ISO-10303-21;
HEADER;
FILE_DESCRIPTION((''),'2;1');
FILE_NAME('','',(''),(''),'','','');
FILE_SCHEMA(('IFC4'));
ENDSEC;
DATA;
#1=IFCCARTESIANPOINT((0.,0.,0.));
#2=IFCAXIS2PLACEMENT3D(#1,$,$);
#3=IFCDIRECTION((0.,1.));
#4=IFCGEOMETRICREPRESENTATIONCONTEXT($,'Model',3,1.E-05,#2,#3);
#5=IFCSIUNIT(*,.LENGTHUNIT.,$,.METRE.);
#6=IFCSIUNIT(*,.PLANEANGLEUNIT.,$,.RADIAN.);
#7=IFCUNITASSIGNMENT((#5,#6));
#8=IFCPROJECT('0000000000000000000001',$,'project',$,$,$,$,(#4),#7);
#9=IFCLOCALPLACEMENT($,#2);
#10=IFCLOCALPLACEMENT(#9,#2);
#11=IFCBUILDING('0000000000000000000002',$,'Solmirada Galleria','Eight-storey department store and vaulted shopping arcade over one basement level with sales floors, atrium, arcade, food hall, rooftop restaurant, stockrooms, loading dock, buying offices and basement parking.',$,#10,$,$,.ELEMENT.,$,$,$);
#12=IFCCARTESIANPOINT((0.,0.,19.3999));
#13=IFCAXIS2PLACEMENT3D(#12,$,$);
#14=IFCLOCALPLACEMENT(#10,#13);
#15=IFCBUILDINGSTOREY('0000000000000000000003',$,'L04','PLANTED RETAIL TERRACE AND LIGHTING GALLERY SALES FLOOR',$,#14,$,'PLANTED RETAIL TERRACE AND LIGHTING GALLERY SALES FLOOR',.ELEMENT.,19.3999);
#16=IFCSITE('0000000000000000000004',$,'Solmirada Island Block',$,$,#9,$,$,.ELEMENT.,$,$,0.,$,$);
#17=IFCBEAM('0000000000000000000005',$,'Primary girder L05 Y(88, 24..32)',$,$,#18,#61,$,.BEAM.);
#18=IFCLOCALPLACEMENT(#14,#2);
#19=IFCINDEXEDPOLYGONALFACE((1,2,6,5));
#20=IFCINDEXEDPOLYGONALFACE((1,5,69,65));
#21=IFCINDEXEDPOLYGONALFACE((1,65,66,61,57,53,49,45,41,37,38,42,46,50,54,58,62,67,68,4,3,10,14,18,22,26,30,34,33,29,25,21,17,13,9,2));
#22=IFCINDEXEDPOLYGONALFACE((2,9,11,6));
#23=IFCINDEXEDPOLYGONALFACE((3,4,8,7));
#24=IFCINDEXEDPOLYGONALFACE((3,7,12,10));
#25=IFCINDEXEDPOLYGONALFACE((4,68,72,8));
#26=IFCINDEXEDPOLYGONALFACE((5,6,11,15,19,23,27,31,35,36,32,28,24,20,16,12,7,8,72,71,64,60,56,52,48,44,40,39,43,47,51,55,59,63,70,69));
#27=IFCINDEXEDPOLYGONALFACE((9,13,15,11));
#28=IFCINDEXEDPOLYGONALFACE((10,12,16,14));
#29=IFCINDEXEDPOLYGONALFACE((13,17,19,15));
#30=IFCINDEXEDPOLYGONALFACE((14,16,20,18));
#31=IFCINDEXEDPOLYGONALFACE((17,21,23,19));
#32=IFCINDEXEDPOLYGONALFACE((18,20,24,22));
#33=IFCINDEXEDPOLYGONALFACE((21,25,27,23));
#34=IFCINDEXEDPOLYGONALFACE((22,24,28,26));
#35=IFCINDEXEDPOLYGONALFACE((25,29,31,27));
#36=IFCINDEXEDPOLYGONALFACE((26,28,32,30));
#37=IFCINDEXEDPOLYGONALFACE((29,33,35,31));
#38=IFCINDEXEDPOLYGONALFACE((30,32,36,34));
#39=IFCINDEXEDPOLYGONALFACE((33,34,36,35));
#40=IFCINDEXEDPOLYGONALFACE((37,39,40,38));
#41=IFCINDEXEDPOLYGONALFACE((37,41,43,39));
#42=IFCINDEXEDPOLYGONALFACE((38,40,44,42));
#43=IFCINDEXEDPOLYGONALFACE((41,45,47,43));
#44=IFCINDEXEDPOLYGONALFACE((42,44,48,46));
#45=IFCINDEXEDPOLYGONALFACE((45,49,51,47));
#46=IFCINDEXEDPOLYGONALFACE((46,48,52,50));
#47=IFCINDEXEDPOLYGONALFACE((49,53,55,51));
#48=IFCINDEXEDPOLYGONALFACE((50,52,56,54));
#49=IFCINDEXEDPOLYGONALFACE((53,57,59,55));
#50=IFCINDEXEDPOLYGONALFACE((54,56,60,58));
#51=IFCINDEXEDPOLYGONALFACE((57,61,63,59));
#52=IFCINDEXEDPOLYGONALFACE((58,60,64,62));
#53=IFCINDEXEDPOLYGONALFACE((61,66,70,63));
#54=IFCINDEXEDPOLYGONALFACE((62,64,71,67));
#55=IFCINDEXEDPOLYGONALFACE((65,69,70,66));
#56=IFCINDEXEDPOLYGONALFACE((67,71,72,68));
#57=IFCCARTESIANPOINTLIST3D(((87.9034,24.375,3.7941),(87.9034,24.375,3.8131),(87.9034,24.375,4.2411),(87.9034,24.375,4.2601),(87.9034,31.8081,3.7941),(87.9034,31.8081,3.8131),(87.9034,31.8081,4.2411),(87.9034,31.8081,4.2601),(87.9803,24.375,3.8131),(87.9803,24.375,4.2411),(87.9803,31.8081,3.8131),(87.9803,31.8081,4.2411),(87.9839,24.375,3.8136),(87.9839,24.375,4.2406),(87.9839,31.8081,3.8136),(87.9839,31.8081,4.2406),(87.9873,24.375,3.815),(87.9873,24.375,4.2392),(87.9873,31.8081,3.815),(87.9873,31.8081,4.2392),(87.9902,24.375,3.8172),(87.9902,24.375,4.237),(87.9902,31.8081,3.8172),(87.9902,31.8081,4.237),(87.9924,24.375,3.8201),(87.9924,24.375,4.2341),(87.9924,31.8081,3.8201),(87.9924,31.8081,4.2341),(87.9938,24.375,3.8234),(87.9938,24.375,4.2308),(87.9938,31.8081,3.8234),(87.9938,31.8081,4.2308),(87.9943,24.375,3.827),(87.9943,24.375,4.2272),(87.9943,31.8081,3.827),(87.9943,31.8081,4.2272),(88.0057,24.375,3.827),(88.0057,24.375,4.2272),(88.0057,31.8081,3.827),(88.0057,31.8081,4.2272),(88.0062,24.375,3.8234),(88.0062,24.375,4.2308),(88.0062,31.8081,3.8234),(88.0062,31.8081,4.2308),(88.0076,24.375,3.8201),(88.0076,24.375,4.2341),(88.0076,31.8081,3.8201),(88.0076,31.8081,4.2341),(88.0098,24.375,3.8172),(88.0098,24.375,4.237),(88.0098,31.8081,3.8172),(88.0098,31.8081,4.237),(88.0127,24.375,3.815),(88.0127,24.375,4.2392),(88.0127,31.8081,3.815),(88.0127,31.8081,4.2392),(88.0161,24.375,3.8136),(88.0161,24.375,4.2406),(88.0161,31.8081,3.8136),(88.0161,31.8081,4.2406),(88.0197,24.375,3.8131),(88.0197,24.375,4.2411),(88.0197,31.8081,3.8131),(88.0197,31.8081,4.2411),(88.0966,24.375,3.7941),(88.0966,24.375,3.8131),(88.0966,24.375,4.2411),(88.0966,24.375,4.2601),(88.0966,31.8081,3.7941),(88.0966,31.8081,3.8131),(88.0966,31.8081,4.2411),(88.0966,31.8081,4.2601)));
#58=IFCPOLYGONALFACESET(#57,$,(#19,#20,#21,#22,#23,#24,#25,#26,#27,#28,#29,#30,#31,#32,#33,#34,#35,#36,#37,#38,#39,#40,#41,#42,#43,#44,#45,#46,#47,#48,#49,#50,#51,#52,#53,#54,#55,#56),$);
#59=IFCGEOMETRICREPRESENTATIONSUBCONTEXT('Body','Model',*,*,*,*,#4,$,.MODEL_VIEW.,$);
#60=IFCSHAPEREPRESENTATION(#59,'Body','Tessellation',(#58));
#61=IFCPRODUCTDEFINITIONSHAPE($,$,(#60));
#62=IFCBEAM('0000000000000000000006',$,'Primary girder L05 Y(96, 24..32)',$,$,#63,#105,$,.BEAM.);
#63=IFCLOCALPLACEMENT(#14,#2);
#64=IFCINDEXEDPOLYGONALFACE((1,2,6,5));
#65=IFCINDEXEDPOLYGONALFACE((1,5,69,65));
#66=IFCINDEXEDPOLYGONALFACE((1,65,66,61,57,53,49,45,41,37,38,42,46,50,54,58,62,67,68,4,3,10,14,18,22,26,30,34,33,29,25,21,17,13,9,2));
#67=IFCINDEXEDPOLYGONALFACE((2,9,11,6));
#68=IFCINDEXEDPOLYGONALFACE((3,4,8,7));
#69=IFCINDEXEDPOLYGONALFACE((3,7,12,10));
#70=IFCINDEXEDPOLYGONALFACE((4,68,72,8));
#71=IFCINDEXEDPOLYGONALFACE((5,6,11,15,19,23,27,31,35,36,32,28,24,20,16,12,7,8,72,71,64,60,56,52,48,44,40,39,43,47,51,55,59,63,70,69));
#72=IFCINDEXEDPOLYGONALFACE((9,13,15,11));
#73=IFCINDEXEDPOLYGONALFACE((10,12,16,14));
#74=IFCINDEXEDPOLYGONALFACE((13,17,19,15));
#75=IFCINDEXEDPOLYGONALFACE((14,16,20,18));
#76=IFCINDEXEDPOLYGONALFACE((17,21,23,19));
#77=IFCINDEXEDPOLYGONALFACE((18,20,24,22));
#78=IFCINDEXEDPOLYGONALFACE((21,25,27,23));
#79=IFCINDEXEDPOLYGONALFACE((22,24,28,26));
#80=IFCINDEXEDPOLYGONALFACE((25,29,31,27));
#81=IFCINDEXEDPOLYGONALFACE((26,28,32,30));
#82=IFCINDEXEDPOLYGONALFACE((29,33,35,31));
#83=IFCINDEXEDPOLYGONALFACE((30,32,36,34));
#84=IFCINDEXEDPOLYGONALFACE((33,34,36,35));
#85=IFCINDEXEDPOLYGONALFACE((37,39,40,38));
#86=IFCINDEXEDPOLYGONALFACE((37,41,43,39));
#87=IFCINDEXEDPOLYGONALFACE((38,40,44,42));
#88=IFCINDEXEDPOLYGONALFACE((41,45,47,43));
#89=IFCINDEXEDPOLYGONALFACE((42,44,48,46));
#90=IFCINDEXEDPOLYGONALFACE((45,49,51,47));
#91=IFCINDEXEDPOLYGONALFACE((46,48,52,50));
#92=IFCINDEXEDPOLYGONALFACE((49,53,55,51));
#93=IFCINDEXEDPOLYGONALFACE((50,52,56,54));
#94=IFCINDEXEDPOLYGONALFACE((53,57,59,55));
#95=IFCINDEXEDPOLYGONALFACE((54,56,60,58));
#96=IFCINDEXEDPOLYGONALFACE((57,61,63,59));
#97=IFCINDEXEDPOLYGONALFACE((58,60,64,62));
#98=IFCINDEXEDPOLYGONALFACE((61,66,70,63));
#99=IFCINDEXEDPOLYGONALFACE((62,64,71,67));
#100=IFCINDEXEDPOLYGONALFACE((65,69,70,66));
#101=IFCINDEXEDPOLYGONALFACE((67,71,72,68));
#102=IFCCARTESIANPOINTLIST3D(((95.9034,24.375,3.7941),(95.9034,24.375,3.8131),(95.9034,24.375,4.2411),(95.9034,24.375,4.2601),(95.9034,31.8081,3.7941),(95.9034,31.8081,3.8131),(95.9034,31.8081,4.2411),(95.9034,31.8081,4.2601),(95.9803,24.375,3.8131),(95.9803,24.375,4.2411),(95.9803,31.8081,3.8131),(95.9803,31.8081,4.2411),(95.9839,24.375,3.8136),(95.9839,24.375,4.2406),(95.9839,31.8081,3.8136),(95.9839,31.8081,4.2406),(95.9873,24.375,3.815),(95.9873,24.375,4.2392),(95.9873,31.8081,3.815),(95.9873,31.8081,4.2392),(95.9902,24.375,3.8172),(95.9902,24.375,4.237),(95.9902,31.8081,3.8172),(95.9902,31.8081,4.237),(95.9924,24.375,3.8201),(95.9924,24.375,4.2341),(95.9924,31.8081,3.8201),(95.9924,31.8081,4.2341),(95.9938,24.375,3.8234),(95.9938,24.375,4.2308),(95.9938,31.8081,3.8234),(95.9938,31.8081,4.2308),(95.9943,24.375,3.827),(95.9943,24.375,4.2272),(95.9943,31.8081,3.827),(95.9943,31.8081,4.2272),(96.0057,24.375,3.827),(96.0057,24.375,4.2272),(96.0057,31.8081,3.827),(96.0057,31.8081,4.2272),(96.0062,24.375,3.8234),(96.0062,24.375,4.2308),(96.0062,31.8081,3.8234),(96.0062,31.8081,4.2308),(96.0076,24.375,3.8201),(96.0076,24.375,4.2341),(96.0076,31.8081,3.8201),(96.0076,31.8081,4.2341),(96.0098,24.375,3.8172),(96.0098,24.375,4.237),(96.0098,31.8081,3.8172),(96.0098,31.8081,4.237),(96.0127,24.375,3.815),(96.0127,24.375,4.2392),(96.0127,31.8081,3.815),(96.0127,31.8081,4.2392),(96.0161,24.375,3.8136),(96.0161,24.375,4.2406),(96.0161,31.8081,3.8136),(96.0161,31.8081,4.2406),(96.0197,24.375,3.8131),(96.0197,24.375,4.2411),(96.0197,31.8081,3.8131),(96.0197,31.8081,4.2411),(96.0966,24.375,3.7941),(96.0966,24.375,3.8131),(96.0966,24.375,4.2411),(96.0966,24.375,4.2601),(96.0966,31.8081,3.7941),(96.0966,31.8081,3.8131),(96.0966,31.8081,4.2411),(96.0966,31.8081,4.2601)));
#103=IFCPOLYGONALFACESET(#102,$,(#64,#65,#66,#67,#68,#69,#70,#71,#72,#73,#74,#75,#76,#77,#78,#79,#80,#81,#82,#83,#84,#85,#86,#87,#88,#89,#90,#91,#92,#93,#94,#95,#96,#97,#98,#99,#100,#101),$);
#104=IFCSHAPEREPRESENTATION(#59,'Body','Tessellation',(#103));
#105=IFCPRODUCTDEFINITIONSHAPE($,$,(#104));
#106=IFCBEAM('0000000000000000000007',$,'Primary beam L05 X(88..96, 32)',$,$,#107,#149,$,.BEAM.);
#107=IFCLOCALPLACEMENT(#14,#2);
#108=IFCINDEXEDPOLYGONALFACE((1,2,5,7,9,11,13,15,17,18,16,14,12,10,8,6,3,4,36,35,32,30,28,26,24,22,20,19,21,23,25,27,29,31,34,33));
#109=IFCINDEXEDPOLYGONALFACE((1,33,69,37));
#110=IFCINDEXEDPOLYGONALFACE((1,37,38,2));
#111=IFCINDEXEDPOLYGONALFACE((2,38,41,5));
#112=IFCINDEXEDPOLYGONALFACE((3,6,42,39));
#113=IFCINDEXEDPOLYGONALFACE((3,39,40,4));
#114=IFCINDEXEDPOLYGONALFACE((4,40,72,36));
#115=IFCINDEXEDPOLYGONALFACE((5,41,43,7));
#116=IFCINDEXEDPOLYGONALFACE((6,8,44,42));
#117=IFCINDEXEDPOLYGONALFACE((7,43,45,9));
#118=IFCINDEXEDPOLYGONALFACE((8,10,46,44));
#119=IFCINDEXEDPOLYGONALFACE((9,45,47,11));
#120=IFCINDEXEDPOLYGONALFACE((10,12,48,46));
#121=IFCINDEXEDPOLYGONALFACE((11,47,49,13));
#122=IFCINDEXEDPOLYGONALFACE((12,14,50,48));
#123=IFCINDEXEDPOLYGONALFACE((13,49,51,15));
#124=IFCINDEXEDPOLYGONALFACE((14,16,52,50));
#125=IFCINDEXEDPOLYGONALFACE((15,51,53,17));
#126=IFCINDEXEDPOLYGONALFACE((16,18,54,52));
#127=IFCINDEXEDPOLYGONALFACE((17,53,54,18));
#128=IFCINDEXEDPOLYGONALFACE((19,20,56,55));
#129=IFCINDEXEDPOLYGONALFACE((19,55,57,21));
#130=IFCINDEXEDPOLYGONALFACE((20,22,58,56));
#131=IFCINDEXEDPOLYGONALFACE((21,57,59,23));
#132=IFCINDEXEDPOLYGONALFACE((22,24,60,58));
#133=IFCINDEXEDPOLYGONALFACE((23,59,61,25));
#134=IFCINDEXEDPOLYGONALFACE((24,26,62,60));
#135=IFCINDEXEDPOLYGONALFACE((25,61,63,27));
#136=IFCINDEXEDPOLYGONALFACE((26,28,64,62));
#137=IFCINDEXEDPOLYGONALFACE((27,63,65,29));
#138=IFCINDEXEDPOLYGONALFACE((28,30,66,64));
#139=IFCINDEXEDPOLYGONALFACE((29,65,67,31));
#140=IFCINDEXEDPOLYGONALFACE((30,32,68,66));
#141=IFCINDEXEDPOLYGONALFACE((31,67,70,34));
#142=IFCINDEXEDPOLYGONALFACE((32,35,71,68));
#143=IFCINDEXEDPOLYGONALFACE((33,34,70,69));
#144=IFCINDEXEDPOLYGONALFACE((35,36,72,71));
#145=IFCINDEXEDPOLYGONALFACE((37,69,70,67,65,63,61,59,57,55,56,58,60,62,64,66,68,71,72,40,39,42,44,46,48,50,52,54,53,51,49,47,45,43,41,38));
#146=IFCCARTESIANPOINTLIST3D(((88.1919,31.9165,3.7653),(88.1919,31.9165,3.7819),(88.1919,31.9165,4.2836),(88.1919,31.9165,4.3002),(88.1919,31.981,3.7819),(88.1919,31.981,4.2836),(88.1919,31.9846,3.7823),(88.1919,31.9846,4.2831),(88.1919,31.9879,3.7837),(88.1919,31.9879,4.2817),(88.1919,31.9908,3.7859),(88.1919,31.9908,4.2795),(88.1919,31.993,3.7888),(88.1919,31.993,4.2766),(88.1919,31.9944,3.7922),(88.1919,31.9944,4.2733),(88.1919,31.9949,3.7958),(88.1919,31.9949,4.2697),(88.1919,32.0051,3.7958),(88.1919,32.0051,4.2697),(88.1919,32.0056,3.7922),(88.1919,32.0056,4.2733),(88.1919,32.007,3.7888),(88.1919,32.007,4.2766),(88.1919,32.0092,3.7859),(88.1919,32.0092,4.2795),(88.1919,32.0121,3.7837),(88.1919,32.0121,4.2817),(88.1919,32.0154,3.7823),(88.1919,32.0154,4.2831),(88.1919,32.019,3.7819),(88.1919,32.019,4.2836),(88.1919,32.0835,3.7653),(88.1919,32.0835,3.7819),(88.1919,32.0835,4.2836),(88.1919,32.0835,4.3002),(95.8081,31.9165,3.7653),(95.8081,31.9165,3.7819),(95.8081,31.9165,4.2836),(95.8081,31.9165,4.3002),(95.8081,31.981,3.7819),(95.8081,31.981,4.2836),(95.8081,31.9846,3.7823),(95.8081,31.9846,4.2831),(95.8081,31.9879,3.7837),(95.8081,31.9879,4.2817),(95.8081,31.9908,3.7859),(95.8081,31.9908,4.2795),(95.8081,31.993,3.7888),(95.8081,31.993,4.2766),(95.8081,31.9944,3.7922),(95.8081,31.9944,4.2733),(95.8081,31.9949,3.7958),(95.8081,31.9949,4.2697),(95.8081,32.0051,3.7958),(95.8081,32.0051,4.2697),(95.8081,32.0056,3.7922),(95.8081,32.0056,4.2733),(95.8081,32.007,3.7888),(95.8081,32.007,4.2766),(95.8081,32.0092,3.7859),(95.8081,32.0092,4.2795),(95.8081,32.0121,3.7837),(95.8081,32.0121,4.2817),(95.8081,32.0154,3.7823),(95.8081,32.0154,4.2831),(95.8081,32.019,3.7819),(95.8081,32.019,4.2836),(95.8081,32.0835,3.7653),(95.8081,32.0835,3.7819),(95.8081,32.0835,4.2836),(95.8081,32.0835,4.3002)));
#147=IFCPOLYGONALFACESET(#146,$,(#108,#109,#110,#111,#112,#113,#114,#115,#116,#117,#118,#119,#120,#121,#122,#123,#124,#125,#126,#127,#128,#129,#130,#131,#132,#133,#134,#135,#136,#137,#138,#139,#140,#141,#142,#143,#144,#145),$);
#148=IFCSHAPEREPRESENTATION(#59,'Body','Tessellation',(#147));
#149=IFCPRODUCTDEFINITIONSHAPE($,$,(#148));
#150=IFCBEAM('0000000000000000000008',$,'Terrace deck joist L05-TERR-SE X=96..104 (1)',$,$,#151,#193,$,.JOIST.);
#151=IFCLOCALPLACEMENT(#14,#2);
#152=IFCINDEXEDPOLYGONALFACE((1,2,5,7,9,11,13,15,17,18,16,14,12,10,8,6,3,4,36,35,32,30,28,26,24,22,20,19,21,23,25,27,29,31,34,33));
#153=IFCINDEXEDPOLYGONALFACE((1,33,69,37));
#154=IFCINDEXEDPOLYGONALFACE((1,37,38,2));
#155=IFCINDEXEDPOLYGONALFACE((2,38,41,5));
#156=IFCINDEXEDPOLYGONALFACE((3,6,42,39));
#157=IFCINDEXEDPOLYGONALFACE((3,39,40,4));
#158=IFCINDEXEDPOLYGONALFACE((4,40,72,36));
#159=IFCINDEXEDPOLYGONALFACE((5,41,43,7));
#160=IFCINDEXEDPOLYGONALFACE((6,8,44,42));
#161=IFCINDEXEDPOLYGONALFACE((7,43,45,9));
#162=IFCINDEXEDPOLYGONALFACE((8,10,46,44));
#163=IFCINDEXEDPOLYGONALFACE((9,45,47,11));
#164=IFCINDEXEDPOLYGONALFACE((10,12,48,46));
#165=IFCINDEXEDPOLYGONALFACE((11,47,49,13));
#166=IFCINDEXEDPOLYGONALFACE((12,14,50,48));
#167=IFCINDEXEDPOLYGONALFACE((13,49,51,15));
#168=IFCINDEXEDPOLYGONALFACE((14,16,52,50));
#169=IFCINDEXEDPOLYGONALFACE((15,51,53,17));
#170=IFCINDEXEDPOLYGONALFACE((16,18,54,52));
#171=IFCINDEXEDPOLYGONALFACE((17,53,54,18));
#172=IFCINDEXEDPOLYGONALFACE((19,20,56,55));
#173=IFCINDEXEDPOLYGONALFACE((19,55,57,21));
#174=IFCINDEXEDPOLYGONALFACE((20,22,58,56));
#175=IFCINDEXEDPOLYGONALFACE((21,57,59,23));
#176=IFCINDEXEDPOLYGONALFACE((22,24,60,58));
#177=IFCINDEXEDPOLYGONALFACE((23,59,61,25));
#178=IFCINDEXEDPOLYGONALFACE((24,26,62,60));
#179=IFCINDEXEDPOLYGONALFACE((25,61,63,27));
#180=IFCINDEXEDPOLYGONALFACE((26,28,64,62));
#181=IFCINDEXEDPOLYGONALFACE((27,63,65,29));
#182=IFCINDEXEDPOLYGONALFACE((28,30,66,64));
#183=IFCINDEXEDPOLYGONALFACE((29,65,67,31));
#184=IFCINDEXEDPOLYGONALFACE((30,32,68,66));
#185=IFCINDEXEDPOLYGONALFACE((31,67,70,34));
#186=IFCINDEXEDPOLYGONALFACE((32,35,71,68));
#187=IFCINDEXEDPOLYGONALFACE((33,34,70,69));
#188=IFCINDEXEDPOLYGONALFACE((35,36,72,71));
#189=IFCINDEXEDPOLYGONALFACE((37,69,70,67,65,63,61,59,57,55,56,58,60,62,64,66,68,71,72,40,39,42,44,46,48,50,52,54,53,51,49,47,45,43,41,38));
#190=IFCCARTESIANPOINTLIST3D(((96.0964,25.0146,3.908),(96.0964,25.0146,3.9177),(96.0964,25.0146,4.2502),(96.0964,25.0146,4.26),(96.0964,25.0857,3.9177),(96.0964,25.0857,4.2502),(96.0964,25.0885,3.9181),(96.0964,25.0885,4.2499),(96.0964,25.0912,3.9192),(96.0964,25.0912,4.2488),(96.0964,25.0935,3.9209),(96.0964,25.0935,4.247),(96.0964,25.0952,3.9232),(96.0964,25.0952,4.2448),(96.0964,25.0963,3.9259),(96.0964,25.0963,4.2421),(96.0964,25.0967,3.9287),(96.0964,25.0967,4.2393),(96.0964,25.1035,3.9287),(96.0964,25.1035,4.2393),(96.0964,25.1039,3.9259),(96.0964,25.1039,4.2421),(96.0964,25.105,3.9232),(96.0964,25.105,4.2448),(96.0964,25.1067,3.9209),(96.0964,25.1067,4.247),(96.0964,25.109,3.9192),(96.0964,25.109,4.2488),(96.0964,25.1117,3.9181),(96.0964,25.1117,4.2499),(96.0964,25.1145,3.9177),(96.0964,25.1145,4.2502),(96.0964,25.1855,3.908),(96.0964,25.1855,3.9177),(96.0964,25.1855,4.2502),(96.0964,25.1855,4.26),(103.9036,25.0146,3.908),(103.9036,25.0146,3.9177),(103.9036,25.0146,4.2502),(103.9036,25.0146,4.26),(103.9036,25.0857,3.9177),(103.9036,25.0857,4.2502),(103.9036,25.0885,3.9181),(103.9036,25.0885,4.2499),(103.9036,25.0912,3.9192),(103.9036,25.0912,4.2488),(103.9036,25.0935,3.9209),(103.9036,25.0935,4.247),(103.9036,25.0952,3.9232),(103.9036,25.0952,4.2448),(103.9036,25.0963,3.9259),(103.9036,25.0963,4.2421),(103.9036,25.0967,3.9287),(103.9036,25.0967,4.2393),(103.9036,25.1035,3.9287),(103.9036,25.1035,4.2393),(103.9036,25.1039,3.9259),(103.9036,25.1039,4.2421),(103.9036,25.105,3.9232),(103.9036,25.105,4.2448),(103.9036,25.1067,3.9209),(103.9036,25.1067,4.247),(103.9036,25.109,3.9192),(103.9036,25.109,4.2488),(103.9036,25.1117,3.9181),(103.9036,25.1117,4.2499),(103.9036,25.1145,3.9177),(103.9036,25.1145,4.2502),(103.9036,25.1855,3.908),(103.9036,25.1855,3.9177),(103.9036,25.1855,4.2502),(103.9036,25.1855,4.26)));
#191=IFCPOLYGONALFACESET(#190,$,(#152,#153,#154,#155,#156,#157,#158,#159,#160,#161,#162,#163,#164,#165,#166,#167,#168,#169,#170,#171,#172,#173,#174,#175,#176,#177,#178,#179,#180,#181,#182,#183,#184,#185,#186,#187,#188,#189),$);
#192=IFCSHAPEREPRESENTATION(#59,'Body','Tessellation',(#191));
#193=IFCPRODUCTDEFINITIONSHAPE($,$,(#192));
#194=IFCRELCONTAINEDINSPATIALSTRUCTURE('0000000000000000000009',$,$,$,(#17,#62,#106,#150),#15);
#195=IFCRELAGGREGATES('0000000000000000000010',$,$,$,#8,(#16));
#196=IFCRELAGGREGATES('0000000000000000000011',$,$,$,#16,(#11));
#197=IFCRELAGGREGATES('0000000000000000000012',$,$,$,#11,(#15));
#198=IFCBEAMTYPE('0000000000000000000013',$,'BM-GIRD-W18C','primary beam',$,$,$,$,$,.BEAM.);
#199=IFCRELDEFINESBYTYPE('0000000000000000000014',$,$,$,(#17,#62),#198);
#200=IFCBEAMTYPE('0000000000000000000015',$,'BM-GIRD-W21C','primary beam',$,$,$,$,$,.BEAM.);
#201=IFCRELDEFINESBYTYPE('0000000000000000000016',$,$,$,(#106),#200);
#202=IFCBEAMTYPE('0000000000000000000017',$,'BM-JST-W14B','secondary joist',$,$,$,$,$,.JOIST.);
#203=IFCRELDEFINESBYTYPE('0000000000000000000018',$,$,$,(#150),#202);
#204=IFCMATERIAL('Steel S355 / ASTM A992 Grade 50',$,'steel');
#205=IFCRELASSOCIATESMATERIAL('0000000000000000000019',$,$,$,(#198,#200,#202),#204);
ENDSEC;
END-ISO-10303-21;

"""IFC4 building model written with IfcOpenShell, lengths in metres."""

from ifc_helpers import new_model, si_unit, direction, frame, origin, origin_2d, place, context, subcontext, project, spatial, i_section, extrude, material, material_profile, profile_set, type_object, element, save


model = new_model("IFC4")

# Units and contexts
model_context = context("Model", 3, precision=1e-05, world=origin(), true_north=direction((0.0, 1.0)))
body_context = subcontext(model_context, "Body", "Model", "MODEL_VIEW")
ifc_project = project(units=[si_unit("LENGTHUNIT", "METRE"), si_unit("PLANEANGLEUNIT", "RADIAN")], contexts=[model_context])

# Site, building, storey
site_placement = place(None, origin())
site = spatial("IfcSite", under=ifc_project, at=site_placement, Name="Solmirada Island Block", CompositionType="ELEMENT", RefElevation=0.0)
building_placement = place(site_placement, origin())
building = spatial("IfcBuilding", under=site, at=building_placement, Name="Solmirada Galleria", Description="Eight-storey department store and vaulted shopping arcade over one basement level with sales floors, atrium, arcade, food hall, rooftop restaurant, stockrooms, loading dock, buying offices and basement parking.", CompositionType="ELEMENT")
storey_placement = place(building_placement, frame((0.0, 0.0, 19.3999)))
storey = spatial("IfcBuildingStorey", under=building, at=storey_placement, Name="L04", Description="PLANTED RETAIL TERRACE AND LIGHTING GALLERY SALES FLOOR", LongName="PLANTED RETAIL TERRACE AND LIGHTING GALLERY SALES FLOOR", CompositionType="ELEMENT", Elevation=19.3999)

# Beams
ifc_material_1 = material(Name="Steel S355 / ASTM A992 Grade 50", Category="steel")
ifc_material_profile_1 = material_profile(ifc_material_1, i_section(OverallWidth=0.1931, OverallDepth=0.4661, WebThickness=0.0115, FlangeThickness=0.019, FilletRadius=0.0139, at=origin_2d()), Name="W18X65")
ifc_profile_set_1 = profile_set([ifc_material_profile_1], Name="Steel S355 / ASTM A992 Grade 50")
beam_type_1 = type_object("IfcBeamType", Name="BM-GIRD-W18C", Description="primary beam", PredefinedType="BEAM", material=ifc_profile_set_1)
for number, where, z_axis, x_axis, name in (
    (1, (88.0, 24.375, 4.0271), (0.0, 1.0, 0.0), (-1.0, 0.0, 0.0), "Primary girder L05 Y(88, 24..32)"),
    (2, (96.0, 24.375, 4.0271), (0.0, 1.0, 0.0), (-1.0, 0.0, 0.0), "Primary girder L05 Y(96, 24..32)"),
):
    element("IfcBeam", number, at=place(storey_placement, frame(where, z_axis=z_axis, x_axis=x_axis)), inside=storey, type_object=beam_type_1, Name=name, PredefinedType="BEAM", context=body_context, shape_type="SweptSolid", body=[
        extrude(i_section(OverallWidth=0.1931, OverallDepth=0.4661, WebThickness=0.0115, FlangeThickness=0.019, FilletRadius=0.0139, at=origin_2d()), origin(), (0.0, 0.0, 1.0), 7.4331),
    ])
ifc_material_profile_2 = material_profile(ifc_material_1, i_section(OverallWidth=0.167, OverallDepth=0.5349, WebThickness=0.0103, FlangeThickness=0.0166, FilletRadius=0.0139, at=origin_2d()), Name="W21X57")
ifc_profile_set_2 = profile_set([ifc_material_profile_2], Name="Steel S355 / ASTM A992 Grade 50")
beam_type_2 = type_object("IfcBeamType", Name="BM-GIRD-W21C", Description="primary beam", PredefinedType="BEAM", material=ifc_profile_set_2)
beam_1_placement = place(storey_placement, frame((88.1919, 32.0, 4.0327), z_axis=(1.0, 0.0, 0.0), x_axis=(0.0, 1.0, 0.0)))
element("IfcBeam", 3, at=beam_1_placement, inside=storey, type_object=beam_type_2, Name="Primary beam L05 X(88..96, 32)", PredefinedType="BEAM", context=body_context, shape_type="SweptSolid", body=[
    extrude(i_section(OverallWidth=0.167, OverallDepth=0.5349, WebThickness=0.0103, FlangeThickness=0.0166, FilletRadius=0.0139, at=origin_2d()), origin(), (0.0, 0.0, 1.0), 7.6162),
])
ifc_material_profile_3 = material_profile(ifc_material_1, i_section(OverallWidth=0.1709, OverallDepth=0.3521, WebThickness=0.0068, FlangeThickness=0.0098, FilletRadius=0.011, at=origin_2d()), Name="W14X30")
ifc_profile_set_3 = profile_set([ifc_material_profile_3], Name="Steel S355 / ASTM A992 Grade 50")
beam_type_3 = type_object("IfcBeamType", Name="BM-JST-W14B", Description="secondary joist", PredefinedType="JOIST", material=ifc_profile_set_3)
beam_2_placement = place(storey_placement, frame((96.0964, 25.1001, 4.084), z_axis=(1.0, 0.0, 0.0), x_axis=(0.0, 1.0, 0.0)))
element("IfcBeam", 4, at=beam_2_placement, inside=storey, type_object=beam_type_3, Name="Terrace deck joist L05-TERR-SE X=96..104 (1)", PredefinedType="JOIST", context=body_context, shape_type="SweptSolid", body=[
    extrude(i_section(OverallWidth=0.1709, OverallDepth=0.3521, WebThickness=0.0068, FlangeThickness=0.0098, FilletRadius=0.011, at=origin_2d()), origin(), (0.0, 0.0, 1.0), 7.8071),
])

save(model, "model.ifc")
